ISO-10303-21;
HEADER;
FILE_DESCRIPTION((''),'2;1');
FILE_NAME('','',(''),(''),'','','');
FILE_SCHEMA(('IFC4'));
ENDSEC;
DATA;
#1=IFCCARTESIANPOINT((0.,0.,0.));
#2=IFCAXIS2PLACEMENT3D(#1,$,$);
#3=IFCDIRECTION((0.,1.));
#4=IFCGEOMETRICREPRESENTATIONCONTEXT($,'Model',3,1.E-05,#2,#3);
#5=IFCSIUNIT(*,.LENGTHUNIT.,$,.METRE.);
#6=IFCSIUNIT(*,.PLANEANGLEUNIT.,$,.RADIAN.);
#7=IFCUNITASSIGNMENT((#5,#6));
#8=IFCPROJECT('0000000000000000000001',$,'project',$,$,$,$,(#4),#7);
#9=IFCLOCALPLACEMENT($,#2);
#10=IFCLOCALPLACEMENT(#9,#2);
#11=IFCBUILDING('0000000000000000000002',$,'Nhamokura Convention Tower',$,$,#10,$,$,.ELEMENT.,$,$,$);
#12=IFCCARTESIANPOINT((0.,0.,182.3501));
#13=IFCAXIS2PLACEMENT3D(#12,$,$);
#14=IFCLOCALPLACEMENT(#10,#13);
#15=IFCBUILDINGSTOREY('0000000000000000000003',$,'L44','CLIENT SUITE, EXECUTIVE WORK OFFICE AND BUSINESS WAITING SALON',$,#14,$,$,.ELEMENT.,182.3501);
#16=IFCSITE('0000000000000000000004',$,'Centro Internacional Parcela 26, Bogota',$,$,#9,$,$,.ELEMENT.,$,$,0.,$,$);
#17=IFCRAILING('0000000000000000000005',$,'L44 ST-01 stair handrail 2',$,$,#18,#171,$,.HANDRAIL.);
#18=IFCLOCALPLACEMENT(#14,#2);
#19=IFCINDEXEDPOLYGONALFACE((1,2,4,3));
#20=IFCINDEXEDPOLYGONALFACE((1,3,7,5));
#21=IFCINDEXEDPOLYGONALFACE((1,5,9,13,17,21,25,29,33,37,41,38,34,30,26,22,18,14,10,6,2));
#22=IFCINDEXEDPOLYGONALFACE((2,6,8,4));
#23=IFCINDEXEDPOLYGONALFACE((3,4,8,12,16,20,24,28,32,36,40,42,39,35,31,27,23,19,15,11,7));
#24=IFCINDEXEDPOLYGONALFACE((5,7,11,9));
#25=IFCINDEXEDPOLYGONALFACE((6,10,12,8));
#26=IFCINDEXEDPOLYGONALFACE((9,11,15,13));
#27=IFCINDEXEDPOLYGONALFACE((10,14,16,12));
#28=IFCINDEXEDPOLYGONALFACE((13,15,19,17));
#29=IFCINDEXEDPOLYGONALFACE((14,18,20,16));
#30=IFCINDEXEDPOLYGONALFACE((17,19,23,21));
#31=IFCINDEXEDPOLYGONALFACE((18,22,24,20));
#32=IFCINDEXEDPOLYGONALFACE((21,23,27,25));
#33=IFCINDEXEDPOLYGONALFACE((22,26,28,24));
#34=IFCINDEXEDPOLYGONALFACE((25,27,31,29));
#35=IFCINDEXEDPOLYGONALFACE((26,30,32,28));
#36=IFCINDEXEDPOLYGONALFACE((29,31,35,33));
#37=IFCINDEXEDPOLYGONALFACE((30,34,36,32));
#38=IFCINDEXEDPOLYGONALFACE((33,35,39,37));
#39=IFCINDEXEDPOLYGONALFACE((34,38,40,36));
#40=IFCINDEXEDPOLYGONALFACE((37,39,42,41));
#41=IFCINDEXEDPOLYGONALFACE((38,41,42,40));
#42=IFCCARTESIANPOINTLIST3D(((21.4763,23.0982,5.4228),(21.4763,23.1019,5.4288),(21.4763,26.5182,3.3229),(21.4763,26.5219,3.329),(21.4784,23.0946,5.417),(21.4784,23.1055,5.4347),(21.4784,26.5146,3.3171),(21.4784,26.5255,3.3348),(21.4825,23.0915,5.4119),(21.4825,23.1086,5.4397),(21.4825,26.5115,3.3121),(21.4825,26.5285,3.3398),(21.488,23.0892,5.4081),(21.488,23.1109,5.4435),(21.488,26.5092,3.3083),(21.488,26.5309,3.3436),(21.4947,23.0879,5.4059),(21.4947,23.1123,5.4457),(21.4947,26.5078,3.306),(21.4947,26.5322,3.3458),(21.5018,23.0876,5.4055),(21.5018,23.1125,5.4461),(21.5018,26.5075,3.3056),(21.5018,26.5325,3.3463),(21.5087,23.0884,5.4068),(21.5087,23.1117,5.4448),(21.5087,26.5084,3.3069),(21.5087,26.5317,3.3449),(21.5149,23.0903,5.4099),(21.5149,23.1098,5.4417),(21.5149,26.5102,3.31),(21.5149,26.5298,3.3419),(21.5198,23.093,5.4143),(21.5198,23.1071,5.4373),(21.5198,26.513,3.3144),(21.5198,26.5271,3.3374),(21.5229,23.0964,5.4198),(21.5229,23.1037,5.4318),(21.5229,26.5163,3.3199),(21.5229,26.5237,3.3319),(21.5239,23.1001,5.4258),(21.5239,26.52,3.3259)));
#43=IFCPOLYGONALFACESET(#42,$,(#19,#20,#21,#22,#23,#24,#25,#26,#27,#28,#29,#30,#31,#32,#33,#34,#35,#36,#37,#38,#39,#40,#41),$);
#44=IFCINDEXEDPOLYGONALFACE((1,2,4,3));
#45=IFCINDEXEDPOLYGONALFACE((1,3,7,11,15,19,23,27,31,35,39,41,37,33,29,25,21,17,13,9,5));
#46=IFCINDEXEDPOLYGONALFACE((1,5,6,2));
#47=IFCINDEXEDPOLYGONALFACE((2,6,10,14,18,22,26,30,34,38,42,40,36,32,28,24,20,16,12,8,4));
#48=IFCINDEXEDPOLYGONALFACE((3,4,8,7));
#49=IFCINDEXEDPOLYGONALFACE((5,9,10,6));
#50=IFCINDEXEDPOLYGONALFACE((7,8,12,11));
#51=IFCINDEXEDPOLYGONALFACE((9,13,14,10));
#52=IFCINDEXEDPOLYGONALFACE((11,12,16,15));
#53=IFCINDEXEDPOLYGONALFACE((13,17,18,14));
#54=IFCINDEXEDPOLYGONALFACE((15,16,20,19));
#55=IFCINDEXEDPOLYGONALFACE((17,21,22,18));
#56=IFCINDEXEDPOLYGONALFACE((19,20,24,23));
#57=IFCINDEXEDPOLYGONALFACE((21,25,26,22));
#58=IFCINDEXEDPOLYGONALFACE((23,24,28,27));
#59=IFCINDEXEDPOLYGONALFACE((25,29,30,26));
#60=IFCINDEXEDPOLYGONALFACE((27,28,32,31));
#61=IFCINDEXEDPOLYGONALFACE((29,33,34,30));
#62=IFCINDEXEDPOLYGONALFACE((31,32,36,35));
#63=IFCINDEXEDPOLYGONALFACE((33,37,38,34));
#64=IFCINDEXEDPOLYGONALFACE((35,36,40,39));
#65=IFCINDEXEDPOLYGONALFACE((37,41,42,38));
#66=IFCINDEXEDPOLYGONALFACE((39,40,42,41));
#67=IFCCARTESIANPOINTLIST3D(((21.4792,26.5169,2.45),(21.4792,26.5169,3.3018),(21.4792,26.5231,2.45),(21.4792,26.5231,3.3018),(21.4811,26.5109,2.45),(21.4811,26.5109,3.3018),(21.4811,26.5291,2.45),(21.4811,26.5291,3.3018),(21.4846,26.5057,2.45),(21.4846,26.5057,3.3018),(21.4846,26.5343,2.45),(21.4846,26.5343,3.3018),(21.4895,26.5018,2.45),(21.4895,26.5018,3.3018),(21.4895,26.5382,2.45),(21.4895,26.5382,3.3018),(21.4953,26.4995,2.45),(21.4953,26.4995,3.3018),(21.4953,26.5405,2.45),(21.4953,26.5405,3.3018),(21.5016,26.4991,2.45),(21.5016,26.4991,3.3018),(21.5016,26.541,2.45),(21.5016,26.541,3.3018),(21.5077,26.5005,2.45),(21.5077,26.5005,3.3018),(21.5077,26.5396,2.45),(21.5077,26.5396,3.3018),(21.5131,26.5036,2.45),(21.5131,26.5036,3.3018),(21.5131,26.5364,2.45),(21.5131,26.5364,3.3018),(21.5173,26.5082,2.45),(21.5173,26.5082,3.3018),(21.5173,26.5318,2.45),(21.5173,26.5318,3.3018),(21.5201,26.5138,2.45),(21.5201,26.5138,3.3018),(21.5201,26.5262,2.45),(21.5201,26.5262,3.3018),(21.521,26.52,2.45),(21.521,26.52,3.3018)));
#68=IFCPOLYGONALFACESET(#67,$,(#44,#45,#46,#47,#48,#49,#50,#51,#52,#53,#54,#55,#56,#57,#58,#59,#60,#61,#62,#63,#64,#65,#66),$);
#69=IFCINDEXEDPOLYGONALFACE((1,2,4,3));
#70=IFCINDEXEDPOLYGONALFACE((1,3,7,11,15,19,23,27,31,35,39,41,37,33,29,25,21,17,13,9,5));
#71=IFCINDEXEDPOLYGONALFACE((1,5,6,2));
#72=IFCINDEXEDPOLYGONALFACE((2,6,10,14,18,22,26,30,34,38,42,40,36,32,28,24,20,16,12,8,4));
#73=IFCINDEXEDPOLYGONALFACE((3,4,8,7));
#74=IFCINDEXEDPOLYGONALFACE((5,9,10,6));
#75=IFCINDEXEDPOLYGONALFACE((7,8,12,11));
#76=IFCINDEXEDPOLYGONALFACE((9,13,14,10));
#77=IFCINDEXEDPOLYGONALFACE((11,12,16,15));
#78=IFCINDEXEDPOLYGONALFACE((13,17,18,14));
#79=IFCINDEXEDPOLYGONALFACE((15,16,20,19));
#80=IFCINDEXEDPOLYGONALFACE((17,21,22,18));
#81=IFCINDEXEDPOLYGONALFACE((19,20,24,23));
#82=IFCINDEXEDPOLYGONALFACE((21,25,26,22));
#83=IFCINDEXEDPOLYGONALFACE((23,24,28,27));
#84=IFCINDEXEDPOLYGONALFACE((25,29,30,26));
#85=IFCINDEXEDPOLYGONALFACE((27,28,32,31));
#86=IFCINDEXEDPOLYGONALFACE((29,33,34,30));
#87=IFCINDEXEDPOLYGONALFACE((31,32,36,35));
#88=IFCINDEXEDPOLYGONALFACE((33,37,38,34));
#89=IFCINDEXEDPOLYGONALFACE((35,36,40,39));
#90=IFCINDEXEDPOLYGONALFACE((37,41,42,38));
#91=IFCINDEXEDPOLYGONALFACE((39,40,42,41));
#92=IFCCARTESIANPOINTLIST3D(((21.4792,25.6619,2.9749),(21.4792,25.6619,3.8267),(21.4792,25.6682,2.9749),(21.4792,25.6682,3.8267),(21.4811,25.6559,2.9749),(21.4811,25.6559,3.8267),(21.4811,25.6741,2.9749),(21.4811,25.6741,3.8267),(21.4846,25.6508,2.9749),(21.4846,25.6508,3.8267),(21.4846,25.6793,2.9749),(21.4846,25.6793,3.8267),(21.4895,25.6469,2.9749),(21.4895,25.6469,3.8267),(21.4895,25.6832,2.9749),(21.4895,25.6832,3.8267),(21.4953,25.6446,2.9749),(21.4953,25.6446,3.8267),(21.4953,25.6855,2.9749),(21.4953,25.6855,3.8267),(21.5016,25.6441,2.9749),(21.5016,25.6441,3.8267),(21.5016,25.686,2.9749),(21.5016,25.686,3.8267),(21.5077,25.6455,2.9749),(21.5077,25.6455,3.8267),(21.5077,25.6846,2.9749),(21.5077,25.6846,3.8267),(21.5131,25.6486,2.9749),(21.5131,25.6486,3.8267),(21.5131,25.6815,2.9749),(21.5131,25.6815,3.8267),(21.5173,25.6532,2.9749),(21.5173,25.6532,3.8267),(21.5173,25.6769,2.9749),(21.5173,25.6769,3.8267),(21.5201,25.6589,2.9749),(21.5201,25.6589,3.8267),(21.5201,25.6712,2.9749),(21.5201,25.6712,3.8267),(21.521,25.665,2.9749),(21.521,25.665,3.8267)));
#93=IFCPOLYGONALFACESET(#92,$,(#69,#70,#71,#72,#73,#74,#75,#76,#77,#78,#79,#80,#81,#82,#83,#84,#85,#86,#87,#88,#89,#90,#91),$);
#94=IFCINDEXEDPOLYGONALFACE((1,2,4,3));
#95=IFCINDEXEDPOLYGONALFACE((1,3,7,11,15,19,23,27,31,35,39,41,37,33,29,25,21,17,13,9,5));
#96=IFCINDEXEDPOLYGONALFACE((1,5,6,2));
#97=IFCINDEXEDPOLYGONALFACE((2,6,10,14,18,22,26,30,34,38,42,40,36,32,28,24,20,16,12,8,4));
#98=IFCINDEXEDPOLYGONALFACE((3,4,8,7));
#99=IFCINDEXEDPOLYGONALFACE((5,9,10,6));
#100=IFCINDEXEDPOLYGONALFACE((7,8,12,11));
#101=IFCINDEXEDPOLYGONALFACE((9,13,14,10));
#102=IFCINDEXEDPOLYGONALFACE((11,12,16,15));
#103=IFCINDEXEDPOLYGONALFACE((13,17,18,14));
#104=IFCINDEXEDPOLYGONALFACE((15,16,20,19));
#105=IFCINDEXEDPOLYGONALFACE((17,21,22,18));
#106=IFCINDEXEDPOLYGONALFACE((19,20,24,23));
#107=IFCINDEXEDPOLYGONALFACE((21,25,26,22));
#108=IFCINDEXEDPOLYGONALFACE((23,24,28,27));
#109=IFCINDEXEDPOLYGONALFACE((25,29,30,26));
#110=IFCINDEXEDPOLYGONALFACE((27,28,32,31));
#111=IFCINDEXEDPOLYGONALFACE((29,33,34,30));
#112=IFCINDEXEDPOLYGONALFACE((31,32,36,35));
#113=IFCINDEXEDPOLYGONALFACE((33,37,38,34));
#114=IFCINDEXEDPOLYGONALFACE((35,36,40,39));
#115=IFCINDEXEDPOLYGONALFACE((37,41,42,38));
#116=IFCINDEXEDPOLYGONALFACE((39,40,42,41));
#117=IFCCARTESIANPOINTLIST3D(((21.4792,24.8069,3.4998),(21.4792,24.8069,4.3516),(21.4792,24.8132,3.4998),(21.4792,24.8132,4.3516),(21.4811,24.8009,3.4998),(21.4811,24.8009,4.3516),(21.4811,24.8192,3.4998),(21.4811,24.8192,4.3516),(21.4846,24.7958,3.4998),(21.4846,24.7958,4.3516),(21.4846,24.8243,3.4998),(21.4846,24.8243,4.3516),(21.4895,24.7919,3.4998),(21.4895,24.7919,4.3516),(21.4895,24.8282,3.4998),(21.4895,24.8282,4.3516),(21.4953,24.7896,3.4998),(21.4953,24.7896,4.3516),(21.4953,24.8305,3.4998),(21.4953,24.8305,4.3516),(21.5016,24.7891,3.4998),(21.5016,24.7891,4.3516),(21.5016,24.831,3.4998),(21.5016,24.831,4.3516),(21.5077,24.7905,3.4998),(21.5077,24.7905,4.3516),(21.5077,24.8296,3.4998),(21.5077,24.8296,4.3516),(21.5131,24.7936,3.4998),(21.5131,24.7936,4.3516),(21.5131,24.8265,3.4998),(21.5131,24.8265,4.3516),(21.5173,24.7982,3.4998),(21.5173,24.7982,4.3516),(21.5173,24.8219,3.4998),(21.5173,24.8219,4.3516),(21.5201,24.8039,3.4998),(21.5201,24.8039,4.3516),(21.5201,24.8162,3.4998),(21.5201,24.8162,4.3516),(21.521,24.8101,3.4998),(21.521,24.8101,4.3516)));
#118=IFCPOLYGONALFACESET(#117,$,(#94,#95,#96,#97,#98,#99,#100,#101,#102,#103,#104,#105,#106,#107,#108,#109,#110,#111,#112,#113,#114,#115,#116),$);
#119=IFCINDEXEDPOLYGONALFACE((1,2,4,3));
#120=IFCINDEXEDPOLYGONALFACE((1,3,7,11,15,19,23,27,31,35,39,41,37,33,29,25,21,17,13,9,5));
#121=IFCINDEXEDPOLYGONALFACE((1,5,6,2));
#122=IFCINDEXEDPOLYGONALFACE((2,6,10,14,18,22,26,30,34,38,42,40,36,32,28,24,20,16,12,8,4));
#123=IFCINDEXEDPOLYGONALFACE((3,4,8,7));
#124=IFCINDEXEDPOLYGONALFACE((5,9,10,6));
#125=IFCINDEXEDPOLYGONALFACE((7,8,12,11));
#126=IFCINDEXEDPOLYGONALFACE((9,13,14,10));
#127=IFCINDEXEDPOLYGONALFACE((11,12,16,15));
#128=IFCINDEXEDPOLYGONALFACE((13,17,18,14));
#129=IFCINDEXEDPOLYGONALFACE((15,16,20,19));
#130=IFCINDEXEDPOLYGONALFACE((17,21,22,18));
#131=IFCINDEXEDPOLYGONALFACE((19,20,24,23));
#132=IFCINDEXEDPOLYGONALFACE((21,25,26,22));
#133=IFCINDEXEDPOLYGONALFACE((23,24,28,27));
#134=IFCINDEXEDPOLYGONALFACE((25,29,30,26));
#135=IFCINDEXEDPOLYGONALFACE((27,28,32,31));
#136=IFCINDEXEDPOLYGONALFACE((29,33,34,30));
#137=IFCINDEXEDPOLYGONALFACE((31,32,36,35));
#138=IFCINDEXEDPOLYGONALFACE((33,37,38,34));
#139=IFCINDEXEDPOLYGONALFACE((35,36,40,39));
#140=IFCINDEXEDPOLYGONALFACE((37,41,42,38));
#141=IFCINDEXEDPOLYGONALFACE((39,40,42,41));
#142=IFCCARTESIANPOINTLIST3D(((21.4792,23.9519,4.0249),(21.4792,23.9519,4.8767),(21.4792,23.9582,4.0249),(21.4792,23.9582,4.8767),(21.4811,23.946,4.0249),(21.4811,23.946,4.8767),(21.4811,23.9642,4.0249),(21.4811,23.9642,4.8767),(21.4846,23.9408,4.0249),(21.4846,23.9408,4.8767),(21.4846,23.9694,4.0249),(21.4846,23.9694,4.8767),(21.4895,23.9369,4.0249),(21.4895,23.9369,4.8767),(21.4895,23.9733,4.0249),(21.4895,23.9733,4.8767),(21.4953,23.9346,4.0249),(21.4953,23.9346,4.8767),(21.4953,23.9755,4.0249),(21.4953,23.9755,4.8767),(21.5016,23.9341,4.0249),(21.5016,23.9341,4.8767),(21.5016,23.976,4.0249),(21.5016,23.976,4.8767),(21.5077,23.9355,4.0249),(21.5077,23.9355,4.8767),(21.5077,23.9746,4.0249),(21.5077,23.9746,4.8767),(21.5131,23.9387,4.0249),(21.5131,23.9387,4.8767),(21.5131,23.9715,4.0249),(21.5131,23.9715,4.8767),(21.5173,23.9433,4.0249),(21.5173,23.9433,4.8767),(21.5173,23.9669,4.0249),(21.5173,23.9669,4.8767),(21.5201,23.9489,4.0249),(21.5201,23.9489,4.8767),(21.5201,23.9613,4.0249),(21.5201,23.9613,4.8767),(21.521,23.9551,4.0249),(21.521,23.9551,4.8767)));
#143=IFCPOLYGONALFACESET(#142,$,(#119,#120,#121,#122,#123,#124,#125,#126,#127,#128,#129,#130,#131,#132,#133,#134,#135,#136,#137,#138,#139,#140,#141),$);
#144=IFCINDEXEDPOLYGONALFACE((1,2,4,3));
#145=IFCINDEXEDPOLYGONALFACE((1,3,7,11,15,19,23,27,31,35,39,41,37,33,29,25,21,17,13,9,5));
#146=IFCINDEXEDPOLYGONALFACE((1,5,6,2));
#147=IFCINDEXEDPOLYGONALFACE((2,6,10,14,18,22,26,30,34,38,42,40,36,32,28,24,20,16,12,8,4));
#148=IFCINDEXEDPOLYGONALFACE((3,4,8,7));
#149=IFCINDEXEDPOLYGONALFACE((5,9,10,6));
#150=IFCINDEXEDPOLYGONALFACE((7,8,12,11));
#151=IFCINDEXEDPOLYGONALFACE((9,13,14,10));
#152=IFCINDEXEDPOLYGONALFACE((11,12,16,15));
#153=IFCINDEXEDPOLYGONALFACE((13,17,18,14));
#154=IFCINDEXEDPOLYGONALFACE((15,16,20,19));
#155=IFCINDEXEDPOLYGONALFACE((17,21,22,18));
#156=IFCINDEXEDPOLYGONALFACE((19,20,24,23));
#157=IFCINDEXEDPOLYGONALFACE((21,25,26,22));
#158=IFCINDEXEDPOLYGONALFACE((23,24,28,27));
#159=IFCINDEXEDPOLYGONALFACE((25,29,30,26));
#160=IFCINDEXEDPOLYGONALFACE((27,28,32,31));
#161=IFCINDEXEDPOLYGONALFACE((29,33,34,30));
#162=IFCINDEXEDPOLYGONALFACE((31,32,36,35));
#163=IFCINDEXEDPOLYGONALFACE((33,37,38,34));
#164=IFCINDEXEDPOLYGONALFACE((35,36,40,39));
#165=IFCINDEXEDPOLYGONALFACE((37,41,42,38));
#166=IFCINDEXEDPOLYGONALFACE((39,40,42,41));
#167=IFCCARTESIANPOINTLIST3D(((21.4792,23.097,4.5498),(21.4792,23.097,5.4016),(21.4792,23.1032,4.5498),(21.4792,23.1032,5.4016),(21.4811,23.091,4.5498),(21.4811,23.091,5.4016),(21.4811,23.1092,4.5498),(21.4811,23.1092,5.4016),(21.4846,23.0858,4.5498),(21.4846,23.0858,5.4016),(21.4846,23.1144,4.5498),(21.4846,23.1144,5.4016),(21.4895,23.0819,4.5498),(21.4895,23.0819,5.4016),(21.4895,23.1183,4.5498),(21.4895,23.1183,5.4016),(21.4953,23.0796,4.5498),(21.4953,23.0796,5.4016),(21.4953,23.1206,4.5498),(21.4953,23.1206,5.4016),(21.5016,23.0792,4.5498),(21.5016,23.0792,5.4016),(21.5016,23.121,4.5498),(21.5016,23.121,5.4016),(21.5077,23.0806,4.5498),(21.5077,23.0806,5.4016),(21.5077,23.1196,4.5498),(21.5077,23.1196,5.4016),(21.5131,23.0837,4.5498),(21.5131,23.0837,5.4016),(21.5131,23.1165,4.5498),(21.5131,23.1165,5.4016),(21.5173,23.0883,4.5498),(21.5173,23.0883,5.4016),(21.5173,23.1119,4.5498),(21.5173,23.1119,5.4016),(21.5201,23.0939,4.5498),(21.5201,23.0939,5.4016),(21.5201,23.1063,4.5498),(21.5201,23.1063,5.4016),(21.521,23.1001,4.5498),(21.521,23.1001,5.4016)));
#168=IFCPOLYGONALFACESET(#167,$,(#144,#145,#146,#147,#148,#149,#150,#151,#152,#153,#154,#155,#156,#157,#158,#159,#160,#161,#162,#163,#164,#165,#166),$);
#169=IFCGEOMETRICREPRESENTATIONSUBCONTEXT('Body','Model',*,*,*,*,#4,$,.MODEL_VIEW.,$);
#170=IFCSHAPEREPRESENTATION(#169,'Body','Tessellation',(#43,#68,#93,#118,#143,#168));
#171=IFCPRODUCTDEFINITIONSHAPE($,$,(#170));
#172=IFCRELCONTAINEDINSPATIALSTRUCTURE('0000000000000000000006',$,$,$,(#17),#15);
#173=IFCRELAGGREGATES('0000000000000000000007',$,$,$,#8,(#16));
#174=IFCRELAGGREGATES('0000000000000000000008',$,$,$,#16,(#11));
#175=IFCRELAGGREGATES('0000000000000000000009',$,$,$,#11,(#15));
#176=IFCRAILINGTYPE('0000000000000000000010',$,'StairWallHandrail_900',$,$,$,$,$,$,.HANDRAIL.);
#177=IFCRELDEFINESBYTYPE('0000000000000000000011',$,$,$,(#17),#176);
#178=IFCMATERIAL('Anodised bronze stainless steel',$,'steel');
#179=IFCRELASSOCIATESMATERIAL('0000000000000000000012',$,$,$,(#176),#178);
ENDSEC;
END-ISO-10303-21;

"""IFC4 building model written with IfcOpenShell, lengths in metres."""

from ifc_helpers import new_model, si_unit, direction, frame, origin, origin_2d, place, context, subcontext, project, spatial, circle, extrude, material, type_object, element, save


model = new_model("IFC4")

# Units and contexts
model_context = context("Model", 3, precision=1e-05, world=origin(), true_north=direction((0.0, 1.0)))
body_context = subcontext(model_context, "Body", "Model", "MODEL_VIEW")
ifc_project = project(units=[si_unit("LENGTHUNIT", "METRE"), si_unit("PLANEANGLEUNIT", "RADIAN")], contexts=[model_context])

# Site, building, storey
site_placement = place(None, origin())
site = spatial("IfcSite", under=ifc_project, at=site_placement, Name="Centro Internacional Parcela 26, Bogota", CompositionType="ELEMENT", RefElevation=0.0)
building_placement = place(site_placement, origin())
building = spatial("IfcBuilding", under=site, at=building_placement, Name="Nhamokura Convention Tower", CompositionType="ELEMENT")
storey_placement = place(building_placement, frame((0.0, 0.0, 182.3501)))
storey = spatial("IfcBuildingStorey", under=building, at=storey_placement, Name="L44", Description="CLIENT SUITE, EXECUTIVE WORK OFFICE AND BUSINESS WAITING SALON", CompositionType="ELEMENT", Elevation=182.3501)

# Railing
ifc_material_1 = material(Name="Anodised bronze stainless steel", Category="steel")
railing_type_1 = type_object("IfcRailingType", Name="StairWallHandrail_900", PredefinedType="HANDRAIL", material=ifc_material_1)
railing_1_placement = place(storey_placement, frame((21.5, 26.52, 2.45)))
element("IfcRailing", 1, at=railing_1_placement, inside=storey, type_object=railing_type_1, Name="L44 ST-01 stair handrail 2", PredefinedType="HANDRAIL", context=body_context, shape_type="SweptSolid", body=[
    extrude(circle(Radius=0.0239, at=origin_2d()), frame((0.0, 0.0, 0.876), z_axis=(0.0, -0.852182, 0.523245), x_axis=(1.0, 0.0, 0.0)), (0.0, 0.0, 1.0), 4.0132),
    extrude(circle(Radius=0.021, at=origin_2d()), origin(), (0.0, 0.0, 1.0), 0.8518),
    extrude(circle(Radius=0.021, at=origin_2d()), frame((0.0, -0.855, 0.5249)), (0.0, 0.0, 1.0), 0.8518),
    extrude(circle(Radius=0.021, at=origin_2d()), frame((0.0, -1.71, 1.0498)), (0.0, 0.0, 1.0), 0.8518),
    extrude(circle(Radius=0.021, at=origin_2d()), frame((0.0, -2.5649, 1.575)), (0.0, 0.0, 1.0), 0.8518),
    extrude(circle(Radius=0.021, at=origin_2d()), frame((0.0, -3.4199, 2.0999)), (0.0, 0.0, 1.0), 0.8518),
])

save(model, "model.ifc")
